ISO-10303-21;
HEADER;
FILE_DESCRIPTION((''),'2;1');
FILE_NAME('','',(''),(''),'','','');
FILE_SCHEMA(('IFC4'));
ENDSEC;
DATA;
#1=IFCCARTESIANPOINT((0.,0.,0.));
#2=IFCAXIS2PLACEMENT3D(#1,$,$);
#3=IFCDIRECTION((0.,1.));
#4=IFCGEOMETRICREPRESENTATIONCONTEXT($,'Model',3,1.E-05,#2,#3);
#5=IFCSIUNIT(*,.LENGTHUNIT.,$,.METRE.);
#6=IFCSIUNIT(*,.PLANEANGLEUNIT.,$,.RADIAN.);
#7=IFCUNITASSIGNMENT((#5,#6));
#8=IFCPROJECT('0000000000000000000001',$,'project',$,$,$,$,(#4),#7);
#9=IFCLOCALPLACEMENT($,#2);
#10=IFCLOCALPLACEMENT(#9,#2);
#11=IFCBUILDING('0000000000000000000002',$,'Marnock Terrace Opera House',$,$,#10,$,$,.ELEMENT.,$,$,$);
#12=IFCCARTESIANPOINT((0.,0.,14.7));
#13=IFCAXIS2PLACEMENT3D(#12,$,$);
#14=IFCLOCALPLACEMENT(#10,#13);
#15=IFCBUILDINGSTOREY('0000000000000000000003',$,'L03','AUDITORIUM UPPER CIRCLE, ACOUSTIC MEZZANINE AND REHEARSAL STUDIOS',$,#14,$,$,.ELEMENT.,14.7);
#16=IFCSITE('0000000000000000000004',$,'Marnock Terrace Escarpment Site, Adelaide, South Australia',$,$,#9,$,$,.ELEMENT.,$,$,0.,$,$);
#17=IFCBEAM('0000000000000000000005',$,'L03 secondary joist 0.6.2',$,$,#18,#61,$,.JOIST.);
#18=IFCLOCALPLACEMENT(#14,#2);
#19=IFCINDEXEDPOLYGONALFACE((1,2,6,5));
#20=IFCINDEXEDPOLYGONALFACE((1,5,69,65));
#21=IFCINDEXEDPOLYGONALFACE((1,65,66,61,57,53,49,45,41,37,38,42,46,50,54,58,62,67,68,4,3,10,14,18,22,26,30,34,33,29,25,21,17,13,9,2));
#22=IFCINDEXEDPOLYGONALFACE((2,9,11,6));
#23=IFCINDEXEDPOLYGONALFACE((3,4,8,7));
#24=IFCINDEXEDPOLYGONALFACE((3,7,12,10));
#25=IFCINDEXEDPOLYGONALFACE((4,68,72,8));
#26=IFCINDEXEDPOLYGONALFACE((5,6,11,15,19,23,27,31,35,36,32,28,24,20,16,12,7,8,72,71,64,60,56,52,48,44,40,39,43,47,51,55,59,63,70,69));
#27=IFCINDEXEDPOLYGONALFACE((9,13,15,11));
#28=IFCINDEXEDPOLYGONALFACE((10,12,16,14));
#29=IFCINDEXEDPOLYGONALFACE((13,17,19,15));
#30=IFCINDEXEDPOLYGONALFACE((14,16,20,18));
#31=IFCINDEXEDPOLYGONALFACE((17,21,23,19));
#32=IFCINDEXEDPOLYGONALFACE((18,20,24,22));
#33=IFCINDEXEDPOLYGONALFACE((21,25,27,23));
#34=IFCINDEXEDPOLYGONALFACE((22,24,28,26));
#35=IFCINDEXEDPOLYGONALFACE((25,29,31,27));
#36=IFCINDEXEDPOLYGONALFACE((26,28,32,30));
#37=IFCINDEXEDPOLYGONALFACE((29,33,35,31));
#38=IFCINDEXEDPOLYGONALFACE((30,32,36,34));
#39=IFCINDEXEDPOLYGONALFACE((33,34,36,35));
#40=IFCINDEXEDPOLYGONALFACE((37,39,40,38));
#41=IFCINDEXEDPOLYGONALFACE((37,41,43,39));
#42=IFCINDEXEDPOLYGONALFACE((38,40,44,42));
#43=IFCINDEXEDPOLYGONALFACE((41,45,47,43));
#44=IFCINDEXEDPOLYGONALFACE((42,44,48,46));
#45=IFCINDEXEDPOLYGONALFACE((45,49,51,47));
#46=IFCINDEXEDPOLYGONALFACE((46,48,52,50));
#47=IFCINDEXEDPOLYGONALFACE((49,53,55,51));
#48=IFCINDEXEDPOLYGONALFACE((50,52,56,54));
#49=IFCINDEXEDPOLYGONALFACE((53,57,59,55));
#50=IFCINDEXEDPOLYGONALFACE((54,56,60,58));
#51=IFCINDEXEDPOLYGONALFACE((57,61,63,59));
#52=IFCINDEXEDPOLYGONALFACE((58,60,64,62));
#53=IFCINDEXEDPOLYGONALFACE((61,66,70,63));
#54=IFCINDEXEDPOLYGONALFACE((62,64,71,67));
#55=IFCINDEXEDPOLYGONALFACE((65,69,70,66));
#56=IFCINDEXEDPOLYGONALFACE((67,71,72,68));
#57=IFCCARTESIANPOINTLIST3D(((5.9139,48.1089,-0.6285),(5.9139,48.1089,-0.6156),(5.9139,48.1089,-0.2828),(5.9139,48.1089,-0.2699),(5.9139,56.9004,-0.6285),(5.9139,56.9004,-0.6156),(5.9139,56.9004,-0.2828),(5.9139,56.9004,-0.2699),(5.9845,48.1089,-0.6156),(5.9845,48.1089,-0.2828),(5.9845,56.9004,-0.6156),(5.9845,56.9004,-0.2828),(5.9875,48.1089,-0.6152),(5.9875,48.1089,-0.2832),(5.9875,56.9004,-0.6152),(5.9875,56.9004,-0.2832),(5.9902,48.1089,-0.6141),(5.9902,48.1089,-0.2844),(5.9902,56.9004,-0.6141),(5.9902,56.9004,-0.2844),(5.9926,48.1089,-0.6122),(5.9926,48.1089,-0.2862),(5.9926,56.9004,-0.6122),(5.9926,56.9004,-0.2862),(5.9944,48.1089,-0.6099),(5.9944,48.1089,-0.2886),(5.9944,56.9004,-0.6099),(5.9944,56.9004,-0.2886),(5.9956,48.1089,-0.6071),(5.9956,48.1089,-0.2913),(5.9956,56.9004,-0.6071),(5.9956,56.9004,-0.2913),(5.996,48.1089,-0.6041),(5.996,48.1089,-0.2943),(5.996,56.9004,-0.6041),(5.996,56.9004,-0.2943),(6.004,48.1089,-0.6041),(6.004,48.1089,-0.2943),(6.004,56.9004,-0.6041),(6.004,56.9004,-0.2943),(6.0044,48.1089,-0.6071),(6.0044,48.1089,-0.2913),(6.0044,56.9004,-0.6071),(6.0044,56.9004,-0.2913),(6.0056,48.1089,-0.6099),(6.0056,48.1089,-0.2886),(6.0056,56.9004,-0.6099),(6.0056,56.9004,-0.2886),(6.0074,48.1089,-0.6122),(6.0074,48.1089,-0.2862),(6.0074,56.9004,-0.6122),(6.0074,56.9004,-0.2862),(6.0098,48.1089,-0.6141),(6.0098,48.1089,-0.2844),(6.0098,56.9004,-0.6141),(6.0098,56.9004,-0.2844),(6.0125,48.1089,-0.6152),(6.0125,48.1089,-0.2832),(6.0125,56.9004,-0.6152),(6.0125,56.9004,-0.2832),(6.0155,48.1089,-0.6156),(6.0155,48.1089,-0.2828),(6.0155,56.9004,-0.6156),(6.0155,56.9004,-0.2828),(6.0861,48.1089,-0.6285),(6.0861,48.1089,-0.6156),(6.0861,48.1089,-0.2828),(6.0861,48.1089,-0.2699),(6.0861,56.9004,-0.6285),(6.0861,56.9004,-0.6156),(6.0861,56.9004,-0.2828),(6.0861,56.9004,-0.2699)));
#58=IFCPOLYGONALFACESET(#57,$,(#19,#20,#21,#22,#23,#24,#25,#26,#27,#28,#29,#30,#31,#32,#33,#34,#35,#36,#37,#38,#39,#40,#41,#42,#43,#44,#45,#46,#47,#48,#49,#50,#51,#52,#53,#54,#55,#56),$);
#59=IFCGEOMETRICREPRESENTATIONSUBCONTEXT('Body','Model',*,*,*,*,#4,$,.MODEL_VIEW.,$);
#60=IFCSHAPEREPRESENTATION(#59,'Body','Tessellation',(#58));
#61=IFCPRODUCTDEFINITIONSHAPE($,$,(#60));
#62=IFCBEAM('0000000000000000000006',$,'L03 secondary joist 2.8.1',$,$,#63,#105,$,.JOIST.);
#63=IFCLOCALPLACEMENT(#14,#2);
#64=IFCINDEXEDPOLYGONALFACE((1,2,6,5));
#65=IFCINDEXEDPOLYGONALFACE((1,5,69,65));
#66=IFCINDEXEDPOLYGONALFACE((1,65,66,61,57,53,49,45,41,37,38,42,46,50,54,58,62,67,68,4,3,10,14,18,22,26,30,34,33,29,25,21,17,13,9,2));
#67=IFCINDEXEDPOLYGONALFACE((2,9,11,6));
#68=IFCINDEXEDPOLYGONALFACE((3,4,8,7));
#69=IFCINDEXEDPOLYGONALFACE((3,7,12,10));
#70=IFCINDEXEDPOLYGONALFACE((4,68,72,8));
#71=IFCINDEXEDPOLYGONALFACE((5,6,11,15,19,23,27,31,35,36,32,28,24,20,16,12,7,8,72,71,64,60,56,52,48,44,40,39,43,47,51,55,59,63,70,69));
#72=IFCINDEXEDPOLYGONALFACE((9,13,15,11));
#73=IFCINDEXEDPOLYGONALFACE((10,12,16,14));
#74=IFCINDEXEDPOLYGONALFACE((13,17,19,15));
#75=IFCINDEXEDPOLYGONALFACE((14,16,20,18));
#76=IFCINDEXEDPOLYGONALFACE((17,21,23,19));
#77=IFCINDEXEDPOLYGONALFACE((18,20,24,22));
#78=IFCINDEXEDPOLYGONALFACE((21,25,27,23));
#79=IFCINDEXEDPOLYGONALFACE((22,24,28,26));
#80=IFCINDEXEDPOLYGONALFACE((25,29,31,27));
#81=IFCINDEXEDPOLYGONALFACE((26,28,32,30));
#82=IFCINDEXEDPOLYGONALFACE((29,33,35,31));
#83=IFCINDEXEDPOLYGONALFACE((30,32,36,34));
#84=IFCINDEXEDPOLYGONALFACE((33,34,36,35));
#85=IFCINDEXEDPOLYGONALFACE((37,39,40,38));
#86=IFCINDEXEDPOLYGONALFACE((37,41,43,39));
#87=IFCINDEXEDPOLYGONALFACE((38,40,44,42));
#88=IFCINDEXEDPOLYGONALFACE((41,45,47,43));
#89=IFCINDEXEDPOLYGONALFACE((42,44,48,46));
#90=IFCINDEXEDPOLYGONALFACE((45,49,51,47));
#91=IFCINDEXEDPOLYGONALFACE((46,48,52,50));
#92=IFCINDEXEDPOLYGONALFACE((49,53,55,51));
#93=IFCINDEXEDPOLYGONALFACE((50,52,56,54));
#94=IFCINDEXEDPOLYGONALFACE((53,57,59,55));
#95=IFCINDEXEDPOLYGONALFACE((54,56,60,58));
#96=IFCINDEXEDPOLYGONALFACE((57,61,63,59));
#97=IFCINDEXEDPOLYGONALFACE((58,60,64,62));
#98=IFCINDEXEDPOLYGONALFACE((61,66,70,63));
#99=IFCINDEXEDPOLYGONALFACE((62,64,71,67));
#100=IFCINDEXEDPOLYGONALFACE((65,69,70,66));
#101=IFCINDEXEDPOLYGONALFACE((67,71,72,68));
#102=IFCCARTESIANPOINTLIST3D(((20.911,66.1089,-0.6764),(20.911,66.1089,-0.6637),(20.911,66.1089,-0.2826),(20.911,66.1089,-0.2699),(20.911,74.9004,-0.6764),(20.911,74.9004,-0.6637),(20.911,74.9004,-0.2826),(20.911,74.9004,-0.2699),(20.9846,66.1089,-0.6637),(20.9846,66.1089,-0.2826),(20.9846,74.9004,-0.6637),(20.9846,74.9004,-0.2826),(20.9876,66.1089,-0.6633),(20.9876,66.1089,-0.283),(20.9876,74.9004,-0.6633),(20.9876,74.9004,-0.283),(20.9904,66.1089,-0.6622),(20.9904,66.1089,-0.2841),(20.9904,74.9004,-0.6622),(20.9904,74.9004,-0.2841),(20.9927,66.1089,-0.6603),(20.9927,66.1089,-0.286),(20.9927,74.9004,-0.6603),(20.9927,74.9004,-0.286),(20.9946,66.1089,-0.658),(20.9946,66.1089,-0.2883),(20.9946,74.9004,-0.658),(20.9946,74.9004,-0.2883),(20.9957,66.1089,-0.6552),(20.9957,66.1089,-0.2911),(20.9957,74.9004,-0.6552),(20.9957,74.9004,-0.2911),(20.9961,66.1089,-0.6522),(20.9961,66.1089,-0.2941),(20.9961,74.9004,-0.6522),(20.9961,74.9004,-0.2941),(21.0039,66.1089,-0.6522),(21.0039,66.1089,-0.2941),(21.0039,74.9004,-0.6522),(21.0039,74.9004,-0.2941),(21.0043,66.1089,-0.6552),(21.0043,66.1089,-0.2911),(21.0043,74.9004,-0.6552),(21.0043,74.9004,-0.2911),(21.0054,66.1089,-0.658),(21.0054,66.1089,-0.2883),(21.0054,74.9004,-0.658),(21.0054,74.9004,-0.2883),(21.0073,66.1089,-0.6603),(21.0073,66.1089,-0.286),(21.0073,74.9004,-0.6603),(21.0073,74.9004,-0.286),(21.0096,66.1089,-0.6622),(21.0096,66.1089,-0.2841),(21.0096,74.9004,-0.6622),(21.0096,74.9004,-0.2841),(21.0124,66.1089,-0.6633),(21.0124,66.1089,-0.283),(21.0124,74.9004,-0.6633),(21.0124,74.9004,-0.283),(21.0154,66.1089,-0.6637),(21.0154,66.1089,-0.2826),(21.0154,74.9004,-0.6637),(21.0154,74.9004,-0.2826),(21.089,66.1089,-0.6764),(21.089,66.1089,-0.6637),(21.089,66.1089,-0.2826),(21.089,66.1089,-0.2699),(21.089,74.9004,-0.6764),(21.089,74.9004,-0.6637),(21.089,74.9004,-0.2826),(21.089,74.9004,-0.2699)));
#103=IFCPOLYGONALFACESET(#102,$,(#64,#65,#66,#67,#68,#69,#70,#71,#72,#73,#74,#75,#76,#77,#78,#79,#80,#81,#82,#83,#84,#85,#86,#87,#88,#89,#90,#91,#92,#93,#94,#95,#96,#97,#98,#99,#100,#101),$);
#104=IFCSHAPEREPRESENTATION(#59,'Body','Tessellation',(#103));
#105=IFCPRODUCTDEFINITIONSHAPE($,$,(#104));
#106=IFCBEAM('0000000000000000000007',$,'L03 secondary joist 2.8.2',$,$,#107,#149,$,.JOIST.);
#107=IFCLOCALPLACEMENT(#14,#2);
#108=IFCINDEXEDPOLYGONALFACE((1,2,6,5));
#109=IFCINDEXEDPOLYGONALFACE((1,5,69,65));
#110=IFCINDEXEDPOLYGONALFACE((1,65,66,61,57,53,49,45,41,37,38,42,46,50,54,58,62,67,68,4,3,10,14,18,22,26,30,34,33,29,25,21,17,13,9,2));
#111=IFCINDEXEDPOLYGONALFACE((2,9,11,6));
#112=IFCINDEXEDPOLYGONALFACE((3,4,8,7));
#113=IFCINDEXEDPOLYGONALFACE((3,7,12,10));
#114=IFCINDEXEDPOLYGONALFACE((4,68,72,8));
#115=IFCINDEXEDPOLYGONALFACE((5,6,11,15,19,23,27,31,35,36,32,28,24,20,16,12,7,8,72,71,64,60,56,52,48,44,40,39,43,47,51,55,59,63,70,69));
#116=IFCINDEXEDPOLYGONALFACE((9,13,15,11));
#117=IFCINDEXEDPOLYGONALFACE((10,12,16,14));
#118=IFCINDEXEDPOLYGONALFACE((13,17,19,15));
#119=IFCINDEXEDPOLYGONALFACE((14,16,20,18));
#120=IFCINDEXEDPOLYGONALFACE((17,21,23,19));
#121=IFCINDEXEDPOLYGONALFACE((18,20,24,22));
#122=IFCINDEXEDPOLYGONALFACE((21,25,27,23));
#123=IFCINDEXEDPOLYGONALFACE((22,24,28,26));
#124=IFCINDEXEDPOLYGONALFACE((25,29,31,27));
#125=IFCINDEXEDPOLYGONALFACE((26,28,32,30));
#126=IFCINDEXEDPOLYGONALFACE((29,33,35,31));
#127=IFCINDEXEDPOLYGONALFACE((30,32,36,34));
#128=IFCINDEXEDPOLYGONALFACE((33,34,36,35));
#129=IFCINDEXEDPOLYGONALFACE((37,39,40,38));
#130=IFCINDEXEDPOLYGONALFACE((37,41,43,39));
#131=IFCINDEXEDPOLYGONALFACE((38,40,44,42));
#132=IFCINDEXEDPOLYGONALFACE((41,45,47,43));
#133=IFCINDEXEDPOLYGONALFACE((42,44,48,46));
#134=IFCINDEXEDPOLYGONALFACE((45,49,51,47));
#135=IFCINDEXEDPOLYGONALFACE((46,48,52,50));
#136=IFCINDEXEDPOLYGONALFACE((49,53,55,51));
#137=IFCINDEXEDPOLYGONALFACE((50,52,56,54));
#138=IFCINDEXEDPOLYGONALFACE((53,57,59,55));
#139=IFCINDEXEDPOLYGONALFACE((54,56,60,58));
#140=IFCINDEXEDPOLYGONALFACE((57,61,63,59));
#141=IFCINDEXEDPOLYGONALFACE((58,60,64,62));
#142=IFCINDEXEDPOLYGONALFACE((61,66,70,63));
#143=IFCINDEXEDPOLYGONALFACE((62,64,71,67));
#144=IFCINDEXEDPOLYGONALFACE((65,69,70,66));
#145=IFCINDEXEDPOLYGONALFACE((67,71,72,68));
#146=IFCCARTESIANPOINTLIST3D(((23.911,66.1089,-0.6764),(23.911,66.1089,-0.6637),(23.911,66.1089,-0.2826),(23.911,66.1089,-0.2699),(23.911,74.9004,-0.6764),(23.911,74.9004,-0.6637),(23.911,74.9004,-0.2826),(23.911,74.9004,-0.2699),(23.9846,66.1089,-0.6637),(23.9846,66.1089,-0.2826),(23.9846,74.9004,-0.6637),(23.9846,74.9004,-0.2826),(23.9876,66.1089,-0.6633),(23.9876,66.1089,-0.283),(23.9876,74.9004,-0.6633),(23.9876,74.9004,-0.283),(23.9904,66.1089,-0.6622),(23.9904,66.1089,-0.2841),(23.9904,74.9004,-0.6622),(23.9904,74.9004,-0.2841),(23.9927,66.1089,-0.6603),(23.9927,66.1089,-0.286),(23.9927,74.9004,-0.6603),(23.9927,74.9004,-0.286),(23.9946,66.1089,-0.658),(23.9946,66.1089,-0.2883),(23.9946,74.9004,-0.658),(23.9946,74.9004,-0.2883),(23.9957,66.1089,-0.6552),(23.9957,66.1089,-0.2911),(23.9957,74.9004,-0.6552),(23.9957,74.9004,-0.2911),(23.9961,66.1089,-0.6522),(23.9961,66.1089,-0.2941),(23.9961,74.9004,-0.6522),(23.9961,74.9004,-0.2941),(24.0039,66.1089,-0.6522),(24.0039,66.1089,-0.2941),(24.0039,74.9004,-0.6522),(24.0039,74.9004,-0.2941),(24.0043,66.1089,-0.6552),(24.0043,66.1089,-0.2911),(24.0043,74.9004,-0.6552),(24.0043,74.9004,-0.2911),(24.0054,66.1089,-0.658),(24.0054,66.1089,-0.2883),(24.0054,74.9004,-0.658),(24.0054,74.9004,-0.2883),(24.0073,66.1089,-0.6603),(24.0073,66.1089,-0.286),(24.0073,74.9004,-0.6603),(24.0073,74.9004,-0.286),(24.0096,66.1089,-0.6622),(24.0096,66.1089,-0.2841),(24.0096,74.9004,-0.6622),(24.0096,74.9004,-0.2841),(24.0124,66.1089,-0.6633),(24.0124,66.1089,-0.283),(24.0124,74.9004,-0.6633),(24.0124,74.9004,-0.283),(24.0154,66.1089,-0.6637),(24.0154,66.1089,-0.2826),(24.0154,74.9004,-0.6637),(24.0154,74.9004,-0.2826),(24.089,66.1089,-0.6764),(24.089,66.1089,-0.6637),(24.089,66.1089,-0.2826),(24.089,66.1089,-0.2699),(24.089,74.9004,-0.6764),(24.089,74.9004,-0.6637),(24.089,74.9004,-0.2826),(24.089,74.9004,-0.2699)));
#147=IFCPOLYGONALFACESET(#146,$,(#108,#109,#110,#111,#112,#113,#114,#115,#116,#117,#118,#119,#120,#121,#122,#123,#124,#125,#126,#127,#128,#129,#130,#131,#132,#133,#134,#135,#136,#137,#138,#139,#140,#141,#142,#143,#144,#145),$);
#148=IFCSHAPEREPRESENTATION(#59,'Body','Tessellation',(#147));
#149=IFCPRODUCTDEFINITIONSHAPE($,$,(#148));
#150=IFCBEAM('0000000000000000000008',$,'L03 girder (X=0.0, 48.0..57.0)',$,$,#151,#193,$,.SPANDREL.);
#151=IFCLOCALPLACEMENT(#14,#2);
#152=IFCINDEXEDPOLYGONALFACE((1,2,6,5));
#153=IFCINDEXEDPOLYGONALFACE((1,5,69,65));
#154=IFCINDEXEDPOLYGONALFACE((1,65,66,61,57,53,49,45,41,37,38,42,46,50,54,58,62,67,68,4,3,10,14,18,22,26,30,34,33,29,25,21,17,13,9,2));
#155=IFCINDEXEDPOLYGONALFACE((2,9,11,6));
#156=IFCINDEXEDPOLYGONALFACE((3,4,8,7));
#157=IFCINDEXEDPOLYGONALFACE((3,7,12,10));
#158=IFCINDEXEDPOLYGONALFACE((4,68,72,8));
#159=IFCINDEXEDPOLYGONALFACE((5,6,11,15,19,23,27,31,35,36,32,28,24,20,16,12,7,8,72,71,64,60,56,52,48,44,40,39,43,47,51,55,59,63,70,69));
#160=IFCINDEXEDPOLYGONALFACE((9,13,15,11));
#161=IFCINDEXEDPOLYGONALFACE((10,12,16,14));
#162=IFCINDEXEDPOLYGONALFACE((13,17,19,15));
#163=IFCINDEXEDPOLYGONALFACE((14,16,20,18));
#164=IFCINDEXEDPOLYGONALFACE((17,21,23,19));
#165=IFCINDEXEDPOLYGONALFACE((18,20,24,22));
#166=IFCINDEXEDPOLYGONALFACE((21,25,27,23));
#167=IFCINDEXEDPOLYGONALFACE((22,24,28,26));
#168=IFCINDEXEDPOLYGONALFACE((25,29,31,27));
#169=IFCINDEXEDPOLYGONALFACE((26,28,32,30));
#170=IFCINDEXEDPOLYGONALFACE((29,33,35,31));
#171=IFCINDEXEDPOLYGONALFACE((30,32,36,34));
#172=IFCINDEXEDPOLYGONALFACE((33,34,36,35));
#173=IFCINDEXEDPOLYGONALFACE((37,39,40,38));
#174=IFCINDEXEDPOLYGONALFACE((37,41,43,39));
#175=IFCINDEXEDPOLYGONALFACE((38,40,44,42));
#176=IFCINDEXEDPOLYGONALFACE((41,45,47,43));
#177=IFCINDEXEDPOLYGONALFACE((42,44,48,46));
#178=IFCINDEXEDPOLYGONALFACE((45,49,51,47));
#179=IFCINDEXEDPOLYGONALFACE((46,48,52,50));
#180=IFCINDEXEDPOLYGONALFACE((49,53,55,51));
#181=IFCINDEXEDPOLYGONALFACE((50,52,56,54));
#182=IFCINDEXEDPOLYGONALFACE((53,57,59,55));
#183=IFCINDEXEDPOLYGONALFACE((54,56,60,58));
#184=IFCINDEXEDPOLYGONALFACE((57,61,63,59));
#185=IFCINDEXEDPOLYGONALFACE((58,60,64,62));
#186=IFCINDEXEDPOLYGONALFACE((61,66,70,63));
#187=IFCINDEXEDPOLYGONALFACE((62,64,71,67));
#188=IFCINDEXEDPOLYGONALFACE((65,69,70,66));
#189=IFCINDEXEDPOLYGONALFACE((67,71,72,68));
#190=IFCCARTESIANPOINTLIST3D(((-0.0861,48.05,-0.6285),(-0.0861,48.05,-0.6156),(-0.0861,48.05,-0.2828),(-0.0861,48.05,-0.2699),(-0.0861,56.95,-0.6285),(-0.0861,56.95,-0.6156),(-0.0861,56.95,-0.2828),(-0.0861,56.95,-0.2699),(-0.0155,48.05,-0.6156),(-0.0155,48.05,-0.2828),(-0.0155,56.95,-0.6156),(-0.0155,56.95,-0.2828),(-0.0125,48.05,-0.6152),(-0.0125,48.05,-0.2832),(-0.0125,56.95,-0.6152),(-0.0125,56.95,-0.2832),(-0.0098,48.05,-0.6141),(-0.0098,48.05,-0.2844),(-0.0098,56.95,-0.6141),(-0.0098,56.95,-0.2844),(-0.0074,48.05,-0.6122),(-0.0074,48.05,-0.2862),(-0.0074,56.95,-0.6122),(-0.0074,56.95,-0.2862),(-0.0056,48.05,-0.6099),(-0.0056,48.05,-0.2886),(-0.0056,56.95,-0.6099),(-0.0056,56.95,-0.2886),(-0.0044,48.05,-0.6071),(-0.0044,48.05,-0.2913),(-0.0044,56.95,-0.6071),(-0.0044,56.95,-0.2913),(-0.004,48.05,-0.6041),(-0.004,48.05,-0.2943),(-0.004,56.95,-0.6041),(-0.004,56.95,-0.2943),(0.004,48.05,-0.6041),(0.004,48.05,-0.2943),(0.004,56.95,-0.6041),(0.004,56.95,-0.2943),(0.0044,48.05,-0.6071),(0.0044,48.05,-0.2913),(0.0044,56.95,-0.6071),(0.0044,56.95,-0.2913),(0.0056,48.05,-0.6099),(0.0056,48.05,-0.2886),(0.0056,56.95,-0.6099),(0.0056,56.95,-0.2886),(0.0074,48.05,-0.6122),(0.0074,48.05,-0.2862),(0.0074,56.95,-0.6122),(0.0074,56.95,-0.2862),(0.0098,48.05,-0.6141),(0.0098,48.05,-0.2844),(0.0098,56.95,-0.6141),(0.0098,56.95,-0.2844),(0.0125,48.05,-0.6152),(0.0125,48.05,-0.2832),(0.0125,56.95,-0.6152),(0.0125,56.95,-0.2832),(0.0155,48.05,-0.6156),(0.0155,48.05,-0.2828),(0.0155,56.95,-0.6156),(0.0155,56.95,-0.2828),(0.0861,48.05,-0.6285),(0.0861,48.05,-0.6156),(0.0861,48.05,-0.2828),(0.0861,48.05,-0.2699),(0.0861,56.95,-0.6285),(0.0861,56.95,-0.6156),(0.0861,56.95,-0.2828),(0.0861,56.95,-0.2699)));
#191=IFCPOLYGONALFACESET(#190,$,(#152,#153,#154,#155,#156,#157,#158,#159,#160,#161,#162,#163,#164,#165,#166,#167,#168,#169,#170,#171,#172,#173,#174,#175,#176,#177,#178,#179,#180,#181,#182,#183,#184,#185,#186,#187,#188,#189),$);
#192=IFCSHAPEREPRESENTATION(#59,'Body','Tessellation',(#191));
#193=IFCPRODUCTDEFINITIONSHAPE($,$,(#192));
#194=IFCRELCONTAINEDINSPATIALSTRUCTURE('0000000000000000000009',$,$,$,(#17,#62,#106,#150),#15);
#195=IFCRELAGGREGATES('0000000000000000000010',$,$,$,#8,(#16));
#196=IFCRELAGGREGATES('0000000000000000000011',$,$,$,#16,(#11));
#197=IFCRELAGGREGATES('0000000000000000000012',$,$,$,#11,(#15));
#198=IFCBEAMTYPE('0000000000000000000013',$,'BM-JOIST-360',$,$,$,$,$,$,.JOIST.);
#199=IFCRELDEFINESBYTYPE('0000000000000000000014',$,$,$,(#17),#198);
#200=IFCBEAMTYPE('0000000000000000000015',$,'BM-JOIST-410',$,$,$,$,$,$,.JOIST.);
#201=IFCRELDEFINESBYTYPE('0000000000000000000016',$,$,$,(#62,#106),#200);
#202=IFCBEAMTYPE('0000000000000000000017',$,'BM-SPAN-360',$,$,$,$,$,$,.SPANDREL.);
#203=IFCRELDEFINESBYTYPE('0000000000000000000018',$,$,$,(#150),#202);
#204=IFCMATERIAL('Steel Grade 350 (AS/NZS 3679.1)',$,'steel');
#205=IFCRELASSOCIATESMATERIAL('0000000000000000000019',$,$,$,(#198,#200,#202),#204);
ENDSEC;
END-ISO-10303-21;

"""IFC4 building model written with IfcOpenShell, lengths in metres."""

from ifc_helpers import new_model, si_unit, direction, frame, origin, origin_2d, place, context, subcontext, project, spatial, i_section, extrude, material, material_profile, profile_set, type_object, element, save


model = new_model("IFC4")

# Units and contexts
model_context = context("Model", 3, precision=1e-05, world=origin(), true_north=direction((0.0, 1.0)))
body_context = subcontext(model_context, "Body", "Model", "MODEL_VIEW")
ifc_project = project(units=[si_unit("LENGTHUNIT", "METRE"), si_unit("PLANEANGLEUNIT", "RADIAN")], contexts=[model_context])

# Site, building, storey
site_placement = place(None, origin())
site = spatial("IfcSite", under=ifc_project, at=site_placement, Name="Marnock Terrace Escarpment Site, Adelaide, South Australia", CompositionType="ELEMENT", RefElevation=0.0)
building_placement = place(site_placement, origin())
building = spatial("IfcBuilding", under=site, at=building_placement, Name="Marnock Terrace Opera House", CompositionType="ELEMENT")
storey_placement = place(building_placement, frame((0.0, 0.0, 14.7)))
storey = spatial("IfcBuildingStorey", under=building, at=storey_placement, Name="L03", Description="AUDITORIUM UPPER CIRCLE, ACOUSTIC MEZZANINE AND REHEARSAL STUDIOS", CompositionType="ELEMENT", Elevation=14.7)

# Shared definitions
ifc_material_1 = material(Name="Steel Grade 350 (AS/NZS 3679.1)", Category="steel")

# Beams
ifc_material_profile_1 = material_profile(ifc_material_1, i_section(OverallWidth=0.1721, OverallDepth=0.3586, WebThickness=0.0081, FlangeThickness=0.0129, FilletRadius=0.0115, at=origin_2d()))
ifc_profile_set_1 = profile_set([ifc_material_profile_1], Name="Steel Grade 350 (AS/NZS 3679.1)")
beam_type_1 = type_object("IfcBeamType", Name="BM-JOIST-360", PredefinedType="JOIST", material=ifc_profile_set_1)
for number, where, z_axis, x_axis, name in (
    (1, (6.0, 48.1089, -0.4492), (0.0, 1.0, 0.0), (-1.0, 0.0, 0.0), "L03 secondary joist 0.6.2"),
):
    element("IfcBeam", number, at=place(storey_placement, frame(where, z_axis=z_axis, x_axis=x_axis)), inside=storey, type_object=beam_type_1, Name=name, PredefinedType="JOIST", context=body_context, shape_type="SweptSolid", body=[
        extrude(i_section(OverallWidth=0.1721, OverallDepth=0.3586, WebThickness=0.0081, FlangeThickness=0.0129, FilletRadius=0.0115, at=origin_2d()), origin(), (0.0, 0.0, 1.0), 8.7915),
    ])
ifc_material_profile_2 = material_profile(ifc_material_1, i_section(OverallWidth=0.178, OverallDepth=0.4065, WebThickness=0.0078, FlangeThickness=0.0127, FilletRadius=0.0115, at=origin_2d()))
ifc_profile_set_2 = profile_set([ifc_material_profile_2], Name="Steel Grade 350 (AS/NZS 3679.1)")
beam_type_2 = type_object("IfcBeamType", Name="BM-JOIST-410", PredefinedType="JOIST", material=ifc_profile_set_2)
for number, where, z_axis, x_axis, name in (
    (2, (21.0, 66.1089, -0.4731), (0.0, 1.0, 0.0), (-1.0, 0.0, 0.0), "L03 secondary joist 2.8.1"),
    (3, (24.0, 66.1089, -0.4731), (0.0, 1.0, 0.0), (-1.0, 0.0, 0.0), "L03 secondary joist 2.8.2"),
):
    element("IfcBeam", number, at=place(storey_placement, frame(where, z_axis=z_axis, x_axis=x_axis)), inside=storey, type_object=beam_type_2, Name=name, PredefinedType="JOIST", context=body_context, shape_type="SweptSolid", body=[
        extrude(i_section(OverallWidth=0.178, OverallDepth=0.4065, WebThickness=0.0078, FlangeThickness=0.0127, FilletRadius=0.0115, at=origin_2d()), origin(), (0.0, 0.0, 1.0), 8.7915),
    ])
ifc_material_profile_3 = material_profile(ifc_material_1, i_section(OverallWidth=0.1721, OverallDepth=0.3586, WebThickness=0.0081, FlangeThickness=0.0129, FilletRadius=0.0115, at=origin_2d()))
ifc_profile_set_3 = profile_set([ifc_material_profile_3], Name="Steel Grade 350 (AS/NZS 3679.1)")
beam_type_3 = type_object("IfcBeamType", Name="BM-SPAN-360", PredefinedType="SPANDREL", material=ifc_profile_set_3)
for number, where, z_axis, x_axis, name in (
    (4, (0.0, 48.05, -0.4492), (0.0, 1.0, 0.0), (-1.0, 0.0, 0.0), "L03 girder (X=0.0, 48.0..57.0)"),
):
    element("IfcBeam", number, at=place(storey_placement, frame(where, z_axis=z_axis, x_axis=x_axis)), inside=storey, type_object=beam_type_3, Name=name, PredefinedType="SPANDREL", context=body_context, shape_type="SweptSolid", body=[
        extrude(i_section(OverallWidth=0.1721, OverallDepth=0.3586, WebThickness=0.0081, FlangeThickness=0.0129, FilletRadius=0.0115, at=origin_2d()), origin(), (0.0, 0.0, 1.0), 8.8999),
    ])

save(model, "model.ifc")
